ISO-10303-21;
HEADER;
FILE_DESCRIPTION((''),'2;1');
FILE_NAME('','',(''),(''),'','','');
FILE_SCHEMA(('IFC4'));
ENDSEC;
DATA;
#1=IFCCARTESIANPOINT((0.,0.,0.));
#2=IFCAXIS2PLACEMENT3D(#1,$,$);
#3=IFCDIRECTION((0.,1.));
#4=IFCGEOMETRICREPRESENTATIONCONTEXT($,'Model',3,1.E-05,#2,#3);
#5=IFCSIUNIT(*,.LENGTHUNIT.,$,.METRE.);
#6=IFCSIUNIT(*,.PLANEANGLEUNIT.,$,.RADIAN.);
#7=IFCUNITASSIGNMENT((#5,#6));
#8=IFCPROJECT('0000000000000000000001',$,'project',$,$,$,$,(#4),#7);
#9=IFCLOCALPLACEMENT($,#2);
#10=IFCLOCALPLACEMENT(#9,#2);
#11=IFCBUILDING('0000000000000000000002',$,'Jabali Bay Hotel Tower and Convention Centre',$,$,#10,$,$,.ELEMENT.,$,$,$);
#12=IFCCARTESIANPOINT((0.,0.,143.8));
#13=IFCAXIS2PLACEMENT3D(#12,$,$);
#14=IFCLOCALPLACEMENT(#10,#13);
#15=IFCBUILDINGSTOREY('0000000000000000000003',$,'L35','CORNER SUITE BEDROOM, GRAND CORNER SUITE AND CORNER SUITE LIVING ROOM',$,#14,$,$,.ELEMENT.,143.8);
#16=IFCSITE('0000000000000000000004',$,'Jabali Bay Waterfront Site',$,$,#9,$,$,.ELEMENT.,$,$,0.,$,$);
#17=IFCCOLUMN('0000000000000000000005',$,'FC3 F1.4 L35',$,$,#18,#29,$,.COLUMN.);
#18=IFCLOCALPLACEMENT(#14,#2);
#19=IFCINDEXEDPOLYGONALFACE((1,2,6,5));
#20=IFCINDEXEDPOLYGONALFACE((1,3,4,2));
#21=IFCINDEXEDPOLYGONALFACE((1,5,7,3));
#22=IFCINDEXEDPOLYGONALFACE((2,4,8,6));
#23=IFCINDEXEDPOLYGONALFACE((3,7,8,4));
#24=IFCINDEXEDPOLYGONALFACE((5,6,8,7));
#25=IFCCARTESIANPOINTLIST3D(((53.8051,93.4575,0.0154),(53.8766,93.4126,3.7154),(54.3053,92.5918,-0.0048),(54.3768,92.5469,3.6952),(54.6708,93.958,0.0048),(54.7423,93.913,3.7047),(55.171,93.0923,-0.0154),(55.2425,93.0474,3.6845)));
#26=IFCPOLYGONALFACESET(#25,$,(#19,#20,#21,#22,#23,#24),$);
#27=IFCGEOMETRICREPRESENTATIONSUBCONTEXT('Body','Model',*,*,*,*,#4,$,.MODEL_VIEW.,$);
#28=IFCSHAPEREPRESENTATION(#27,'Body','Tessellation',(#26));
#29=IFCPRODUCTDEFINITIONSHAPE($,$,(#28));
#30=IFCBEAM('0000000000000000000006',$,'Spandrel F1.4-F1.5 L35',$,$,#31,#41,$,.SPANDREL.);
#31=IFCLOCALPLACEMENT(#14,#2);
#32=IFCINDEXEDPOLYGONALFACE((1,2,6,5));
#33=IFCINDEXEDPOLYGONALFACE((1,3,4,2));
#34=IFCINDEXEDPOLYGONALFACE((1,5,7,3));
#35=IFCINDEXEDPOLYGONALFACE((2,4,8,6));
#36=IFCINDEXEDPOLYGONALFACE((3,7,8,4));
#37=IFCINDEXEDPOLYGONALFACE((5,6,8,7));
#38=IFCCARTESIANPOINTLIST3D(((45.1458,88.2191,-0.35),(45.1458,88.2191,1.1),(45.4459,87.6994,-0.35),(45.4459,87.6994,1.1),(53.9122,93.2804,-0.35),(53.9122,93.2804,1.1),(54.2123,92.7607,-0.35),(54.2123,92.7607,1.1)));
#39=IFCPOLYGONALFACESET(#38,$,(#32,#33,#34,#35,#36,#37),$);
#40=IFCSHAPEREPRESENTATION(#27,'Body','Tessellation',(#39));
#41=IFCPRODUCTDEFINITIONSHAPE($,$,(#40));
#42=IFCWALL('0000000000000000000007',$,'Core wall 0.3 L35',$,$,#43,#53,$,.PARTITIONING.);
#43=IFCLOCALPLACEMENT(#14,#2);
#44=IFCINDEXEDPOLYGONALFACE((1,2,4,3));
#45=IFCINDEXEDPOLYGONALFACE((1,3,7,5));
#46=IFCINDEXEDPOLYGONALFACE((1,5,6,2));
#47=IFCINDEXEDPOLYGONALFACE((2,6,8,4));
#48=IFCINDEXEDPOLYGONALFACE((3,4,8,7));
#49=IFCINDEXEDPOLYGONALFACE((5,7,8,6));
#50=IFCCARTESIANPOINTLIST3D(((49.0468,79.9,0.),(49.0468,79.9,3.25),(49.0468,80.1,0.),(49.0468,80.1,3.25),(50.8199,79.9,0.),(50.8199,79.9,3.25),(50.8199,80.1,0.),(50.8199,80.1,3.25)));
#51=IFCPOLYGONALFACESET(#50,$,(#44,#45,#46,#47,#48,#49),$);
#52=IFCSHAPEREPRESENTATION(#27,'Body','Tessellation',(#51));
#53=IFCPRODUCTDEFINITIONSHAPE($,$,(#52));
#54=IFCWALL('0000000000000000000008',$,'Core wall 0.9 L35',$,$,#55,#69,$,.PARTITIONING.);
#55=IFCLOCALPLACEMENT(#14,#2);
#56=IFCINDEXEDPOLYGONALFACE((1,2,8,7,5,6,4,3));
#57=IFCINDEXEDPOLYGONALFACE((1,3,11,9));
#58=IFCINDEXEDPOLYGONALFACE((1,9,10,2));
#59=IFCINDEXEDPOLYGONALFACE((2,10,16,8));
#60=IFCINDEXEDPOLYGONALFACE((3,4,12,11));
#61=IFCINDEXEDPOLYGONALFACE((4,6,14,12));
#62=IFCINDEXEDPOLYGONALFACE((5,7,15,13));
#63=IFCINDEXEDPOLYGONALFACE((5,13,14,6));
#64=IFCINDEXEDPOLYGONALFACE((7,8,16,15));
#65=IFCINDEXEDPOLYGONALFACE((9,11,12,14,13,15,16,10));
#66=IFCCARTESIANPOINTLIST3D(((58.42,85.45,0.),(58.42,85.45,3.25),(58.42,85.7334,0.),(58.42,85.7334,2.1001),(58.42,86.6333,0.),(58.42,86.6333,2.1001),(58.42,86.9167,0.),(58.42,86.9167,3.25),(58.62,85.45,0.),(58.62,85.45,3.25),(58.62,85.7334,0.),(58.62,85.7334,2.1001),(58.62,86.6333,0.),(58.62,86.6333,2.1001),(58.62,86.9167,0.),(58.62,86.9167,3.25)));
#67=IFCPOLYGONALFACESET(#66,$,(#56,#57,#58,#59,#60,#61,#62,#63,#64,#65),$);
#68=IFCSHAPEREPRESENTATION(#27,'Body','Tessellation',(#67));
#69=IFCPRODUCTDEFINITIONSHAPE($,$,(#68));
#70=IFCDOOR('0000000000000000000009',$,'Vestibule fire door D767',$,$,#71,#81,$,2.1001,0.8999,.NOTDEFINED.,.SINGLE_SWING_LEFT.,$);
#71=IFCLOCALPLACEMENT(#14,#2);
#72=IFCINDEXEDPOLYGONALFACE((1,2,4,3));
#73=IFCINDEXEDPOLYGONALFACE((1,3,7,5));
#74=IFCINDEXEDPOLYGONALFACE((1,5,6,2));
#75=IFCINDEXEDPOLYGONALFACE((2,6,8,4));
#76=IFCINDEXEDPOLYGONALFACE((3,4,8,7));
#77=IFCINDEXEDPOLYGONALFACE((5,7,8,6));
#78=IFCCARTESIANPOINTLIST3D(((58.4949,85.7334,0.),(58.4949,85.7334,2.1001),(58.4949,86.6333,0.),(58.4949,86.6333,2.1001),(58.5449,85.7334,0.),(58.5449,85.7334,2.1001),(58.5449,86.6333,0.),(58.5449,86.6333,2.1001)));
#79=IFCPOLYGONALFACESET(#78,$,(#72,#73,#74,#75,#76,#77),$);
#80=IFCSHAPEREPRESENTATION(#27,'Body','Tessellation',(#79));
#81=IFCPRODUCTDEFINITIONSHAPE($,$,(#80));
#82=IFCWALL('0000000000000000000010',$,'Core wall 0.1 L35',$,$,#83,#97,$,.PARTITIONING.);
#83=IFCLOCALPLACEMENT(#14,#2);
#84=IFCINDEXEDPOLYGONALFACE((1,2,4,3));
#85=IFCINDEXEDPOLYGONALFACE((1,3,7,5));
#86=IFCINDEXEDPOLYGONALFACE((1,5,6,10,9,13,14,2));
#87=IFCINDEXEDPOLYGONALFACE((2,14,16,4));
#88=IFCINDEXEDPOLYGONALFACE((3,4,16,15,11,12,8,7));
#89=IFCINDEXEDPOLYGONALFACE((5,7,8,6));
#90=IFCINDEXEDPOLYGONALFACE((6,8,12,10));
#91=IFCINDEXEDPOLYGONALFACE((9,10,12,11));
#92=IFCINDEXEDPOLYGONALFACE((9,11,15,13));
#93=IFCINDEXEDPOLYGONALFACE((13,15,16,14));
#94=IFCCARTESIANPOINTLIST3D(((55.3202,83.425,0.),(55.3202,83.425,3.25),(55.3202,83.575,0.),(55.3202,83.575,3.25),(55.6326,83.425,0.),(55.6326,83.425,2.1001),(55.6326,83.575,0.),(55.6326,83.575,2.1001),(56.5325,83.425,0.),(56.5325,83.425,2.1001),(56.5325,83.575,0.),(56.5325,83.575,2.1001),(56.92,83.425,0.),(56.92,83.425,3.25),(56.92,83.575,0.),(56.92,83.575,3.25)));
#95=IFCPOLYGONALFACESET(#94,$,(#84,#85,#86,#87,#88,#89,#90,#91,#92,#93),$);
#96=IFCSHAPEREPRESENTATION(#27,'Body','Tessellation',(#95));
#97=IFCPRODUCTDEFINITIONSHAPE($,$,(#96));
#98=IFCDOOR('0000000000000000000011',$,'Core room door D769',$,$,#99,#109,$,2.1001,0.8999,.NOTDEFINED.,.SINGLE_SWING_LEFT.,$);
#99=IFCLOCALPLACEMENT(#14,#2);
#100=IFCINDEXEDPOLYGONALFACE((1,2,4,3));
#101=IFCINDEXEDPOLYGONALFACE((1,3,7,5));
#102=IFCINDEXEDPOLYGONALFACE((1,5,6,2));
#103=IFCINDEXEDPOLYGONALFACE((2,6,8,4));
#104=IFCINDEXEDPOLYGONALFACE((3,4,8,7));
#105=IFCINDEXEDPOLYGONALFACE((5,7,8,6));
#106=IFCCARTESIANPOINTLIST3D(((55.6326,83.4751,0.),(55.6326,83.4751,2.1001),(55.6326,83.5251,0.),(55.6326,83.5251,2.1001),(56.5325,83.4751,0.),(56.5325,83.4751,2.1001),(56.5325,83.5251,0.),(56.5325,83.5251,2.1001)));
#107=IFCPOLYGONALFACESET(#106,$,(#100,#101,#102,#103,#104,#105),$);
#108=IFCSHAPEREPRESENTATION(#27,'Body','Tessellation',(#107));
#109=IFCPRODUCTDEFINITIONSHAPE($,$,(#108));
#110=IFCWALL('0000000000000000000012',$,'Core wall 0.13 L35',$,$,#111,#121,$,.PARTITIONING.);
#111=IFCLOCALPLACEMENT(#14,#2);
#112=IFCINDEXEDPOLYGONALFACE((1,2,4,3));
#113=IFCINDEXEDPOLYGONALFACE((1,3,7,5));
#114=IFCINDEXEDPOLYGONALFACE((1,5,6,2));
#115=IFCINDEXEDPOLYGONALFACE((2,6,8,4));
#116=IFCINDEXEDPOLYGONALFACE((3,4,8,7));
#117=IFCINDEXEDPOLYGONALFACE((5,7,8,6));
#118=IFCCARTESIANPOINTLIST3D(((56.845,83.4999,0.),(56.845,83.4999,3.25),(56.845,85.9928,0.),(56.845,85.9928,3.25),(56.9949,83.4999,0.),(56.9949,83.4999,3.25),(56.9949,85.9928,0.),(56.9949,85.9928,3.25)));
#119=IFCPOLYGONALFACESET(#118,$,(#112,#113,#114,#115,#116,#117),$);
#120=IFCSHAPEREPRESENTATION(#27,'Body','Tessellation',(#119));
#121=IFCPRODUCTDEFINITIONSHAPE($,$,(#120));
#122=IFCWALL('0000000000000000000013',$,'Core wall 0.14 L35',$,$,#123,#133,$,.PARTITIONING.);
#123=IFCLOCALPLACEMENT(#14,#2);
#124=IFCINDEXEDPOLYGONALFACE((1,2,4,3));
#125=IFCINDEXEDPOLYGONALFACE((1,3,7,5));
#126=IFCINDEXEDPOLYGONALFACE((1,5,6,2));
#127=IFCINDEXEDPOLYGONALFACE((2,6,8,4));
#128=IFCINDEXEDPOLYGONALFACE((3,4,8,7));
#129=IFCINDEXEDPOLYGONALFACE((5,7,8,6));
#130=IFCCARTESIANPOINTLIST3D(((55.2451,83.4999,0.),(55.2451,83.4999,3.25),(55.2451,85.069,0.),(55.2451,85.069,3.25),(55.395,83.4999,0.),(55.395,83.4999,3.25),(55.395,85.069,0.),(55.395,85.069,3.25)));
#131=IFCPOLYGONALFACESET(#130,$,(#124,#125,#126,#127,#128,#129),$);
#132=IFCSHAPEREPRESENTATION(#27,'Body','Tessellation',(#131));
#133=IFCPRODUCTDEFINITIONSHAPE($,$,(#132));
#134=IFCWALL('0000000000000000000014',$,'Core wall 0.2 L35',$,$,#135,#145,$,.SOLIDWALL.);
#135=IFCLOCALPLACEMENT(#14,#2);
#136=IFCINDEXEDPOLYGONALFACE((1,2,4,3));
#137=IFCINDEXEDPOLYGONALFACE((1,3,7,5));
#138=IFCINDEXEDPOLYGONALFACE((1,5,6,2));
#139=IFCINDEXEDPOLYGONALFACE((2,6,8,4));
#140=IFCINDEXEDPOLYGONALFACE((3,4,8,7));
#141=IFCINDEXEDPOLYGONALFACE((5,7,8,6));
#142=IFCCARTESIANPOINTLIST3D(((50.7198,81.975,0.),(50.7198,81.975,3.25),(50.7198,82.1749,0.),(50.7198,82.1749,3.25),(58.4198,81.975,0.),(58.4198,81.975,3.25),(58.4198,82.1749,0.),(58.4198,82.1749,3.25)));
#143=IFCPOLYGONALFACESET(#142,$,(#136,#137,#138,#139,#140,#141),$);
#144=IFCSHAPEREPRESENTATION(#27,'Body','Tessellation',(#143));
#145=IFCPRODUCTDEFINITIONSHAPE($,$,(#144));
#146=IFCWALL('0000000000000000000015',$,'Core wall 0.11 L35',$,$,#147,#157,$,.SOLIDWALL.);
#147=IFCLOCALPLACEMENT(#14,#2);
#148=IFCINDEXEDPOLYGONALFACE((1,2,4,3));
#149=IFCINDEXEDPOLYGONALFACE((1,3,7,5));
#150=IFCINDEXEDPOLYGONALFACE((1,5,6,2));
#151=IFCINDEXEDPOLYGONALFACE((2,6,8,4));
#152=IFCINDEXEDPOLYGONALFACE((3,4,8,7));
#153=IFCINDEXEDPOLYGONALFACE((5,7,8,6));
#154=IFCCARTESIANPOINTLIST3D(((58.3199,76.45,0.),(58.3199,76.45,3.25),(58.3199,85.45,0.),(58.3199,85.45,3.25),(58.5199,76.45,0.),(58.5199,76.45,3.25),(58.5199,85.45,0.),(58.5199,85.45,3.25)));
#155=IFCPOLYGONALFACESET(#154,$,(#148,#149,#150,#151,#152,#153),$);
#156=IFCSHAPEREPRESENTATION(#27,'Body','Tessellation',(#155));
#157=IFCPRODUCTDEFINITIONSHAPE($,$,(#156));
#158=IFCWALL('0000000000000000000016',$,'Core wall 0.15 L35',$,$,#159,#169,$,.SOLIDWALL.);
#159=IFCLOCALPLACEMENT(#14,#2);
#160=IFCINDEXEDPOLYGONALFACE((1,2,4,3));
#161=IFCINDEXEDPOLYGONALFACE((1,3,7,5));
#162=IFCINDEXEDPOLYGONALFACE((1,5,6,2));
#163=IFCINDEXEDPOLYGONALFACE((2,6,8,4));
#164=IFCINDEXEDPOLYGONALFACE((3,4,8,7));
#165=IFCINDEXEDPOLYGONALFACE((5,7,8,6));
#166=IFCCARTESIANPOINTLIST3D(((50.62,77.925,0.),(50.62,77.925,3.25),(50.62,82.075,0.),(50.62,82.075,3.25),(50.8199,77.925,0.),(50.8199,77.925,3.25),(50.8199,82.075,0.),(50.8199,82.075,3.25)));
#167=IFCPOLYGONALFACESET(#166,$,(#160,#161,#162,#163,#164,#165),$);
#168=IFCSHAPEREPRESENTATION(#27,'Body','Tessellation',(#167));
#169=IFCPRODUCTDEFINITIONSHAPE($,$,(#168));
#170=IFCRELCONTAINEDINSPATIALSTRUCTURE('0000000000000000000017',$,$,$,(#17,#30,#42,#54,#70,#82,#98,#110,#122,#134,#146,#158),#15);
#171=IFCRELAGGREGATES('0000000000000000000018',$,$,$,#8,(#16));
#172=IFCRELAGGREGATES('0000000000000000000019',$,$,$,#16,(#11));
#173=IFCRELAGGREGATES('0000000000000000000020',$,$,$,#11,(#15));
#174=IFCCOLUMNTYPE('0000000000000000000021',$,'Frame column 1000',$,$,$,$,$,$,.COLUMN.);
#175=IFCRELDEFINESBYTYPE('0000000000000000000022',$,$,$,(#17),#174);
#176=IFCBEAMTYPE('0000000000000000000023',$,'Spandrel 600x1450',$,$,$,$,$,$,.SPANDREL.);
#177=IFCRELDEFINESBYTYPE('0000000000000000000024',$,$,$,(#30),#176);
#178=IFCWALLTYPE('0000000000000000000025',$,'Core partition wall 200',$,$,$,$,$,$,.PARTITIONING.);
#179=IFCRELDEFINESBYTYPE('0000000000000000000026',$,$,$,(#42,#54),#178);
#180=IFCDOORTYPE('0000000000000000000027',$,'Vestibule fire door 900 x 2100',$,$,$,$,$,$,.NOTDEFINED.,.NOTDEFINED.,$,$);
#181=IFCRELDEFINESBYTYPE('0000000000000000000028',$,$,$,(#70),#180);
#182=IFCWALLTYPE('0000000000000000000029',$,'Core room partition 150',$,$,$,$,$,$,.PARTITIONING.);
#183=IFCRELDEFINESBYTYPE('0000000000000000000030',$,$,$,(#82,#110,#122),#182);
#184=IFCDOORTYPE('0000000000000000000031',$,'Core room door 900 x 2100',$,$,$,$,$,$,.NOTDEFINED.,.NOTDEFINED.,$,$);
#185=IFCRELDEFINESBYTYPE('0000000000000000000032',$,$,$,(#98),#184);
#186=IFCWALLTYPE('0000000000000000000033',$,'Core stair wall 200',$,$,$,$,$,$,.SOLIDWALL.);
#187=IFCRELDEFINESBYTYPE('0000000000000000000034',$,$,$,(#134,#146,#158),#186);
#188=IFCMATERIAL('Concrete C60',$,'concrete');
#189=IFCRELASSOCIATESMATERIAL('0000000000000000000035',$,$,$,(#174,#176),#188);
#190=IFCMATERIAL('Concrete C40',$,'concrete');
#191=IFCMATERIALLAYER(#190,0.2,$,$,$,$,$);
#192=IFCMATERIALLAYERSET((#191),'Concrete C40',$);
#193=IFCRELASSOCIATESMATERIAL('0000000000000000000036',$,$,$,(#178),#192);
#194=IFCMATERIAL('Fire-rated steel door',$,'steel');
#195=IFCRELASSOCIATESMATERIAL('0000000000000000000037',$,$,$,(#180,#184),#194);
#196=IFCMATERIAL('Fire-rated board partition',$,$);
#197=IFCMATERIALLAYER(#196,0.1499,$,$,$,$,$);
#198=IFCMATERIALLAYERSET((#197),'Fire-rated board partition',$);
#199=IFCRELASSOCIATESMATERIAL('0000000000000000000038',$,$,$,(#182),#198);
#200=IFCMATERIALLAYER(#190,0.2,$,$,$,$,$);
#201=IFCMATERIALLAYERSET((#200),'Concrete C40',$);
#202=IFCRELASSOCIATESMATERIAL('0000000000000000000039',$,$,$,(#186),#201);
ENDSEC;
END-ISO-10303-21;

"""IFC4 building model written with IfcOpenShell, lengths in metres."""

from ifc_helpers import new_model, si_unit, direction, frame, frame_2d, origin, origin_2d, place, context, subcontext, project, spatial, rectangle, extrude, material, layer, layer_set, material_profile, profile_set, type_object, element, fill, save


model = new_model("IFC4")

# Units and contexts
model_context = context("Model", 3, precision=1e-05, world=origin(), true_north=direction((0.0, 1.0)))
body_context = subcontext(model_context, "Body", "Model", "MODEL_VIEW")
ifc_project = project(units=[si_unit("LENGTHUNIT", "METRE"), si_unit("PLANEANGLEUNIT", "RADIAN")], contexts=[model_context])

# Site, building, storey
site_placement = place(None, origin())
site = spatial("IfcSite", under=ifc_project, at=site_placement, Name="Jabali Bay Waterfront Site", CompositionType="ELEMENT", RefElevation=0.0)
building_placement = place(site_placement, origin())
building = spatial("IfcBuilding", under=site, at=building_placement, Name="Jabali Bay Hotel Tower and Convention Centre", CompositionType="ELEMENT")
storey_placement = place(building_placement, frame((0.0, 0.0, 143.8)))
storey = spatial("IfcBuildingStorey", under=building, at=storey_placement, Name="L35", Description="CORNER SUITE BEDROOM, GRAND CORNER SUITE AND CORNER SUITE LIVING ROOM", CompositionType="ELEMENT", Elevation=143.8)

# Column
ifc_material_1 = material(Name="Concrete C60", Category="concrete")
ifc_material_profile_1 = material_profile(ifc_material_1, rectangle(XDim=1.0, YDim=1.0, at=origin_2d()), Name="Frame column 1000")
ifc_profile_set_1 = profile_set([ifc_material_profile_1], Name="Concrete C60")
column_type = type_object("IfcColumnType", Name="Frame column 1000", PredefinedType="COLUMN", material=ifc_profile_set_1)
column_placement = place(storey_placement, frame((54.488, 93.2749, 0.0), z_axis=(0.019329, -0.012138, 0.99974), x_axis=(-0.500206, 0.865671, 0.020181)))
element("IfcColumn", 1, at=column_placement, inside=storey, type_object=column_type, Name="FC3 F1.4 L35", PredefinedType="COLUMN", context=body_context, shape_type="SweptSolid", body=[
    extrude(rectangle(XDim=1.0, YDim=1.0, at=origin_2d()), origin(), (0.0, 0.0, 1.0), 3.7009),
])

# Beam
ifc_material_profile_2 = material_profile(ifc_material_1, rectangle(XDim=0.6001, YDim=1.45, at=origin_2d()), Name="Spandrel 600x1450")
ifc_profile_set_2 = profile_set([ifc_material_profile_2], Name="Concrete C60")
beam_type = type_object("IfcBeamType", Name="Spandrel 600x1450", PredefinedType="SPANDREL", material=ifc_profile_set_2)
beam_placement = place(storey_placement, frame((54.0623, 93.0205, 0.375), z_axis=(-0.866025, -0.500002, 0.0), x_axis=(0.500002, -0.866025, 0.0)))
element("IfcBeam", 2, at=beam_placement, inside=storey, type_object=beam_type, Name="Spandrel F1.4-F1.5 L35", PredefinedType="SPANDREL", context=body_context, shape_type="SweptSolid", body=[
    extrude(rectangle(XDim=0.6001, YDim=1.45, at=origin_2d()), origin(), (0.0, 0.0, 1.0), 10.1226),
])

# Wall
ifc_material_2 = material(Name="Concrete C40", Category="concrete")
ifc_layer_1 = layer(ifc_material_2, 0.2)
ifc_layer_set_1 = layer_set([ifc_layer_1], Name="Concrete C40")
wall_type_1 = type_object("IfcWallType", Name="Core partition wall 200", PredefinedType="PARTITIONING", material=ifc_layer_set_1)
wall_1_placement = place(storey_placement, frame((50.8201, 80.0, 0.0), z_axis=(0.0, 0.0, 1.0), x_axis=(-1.0, 0.0, 0.0)))
element("IfcWall", 3, at=wall_1_placement, inside=storey, type_object=wall_type_1, Name="Core wall 0.3 L35", PredefinedType="PARTITIONING", context=body_context, shape_type="SweptSolid", body=[
    extrude(rectangle(XDim=1.7732, YDim=0.2, at=frame_2d((0.8867, 0.0))), origin(), (0.0, 0.0, 1.0), 3.25),
])

# Walls, openings, doors
wall_2_placement = place(storey_placement, frame((58.52, 86.9167, 0.0), z_axis=(0.0, 0.0, 1.0), x_axis=(0.0, -1.0, 0.0)))
wall_2 = element("IfcWall", 4, at=wall_2_placement, inside=storey, type_object=wall_type_1, Name="Core wall 0.9 L35", PredefinedType="PARTITIONING", context=body_context, shape_type="SweptSolid", body=[
    extrude(rectangle(XDim=1.4668, YDim=0.2, at=frame_2d((0.7334, 0.0))), origin(), (0.0, 0.0, 1.0), 3.25),
])
opening_1_placement = place(wall_2_placement, frame((0.2834, 0.0, 0.0)))
opening_1 = element("IfcOpeningElement", 5, at=opening_1_placement, cuts=wall_2, PredefinedType="OPENING", context=body_context, shape_type="SweptSolid", body=[
    extrude(rectangle(XDim=0.8999, YDim=2.1001, at=frame_2d((0.45, 1.05))), frame((0.0, 0.1104, 0.0), z_axis=(0.0, -1.0, 0.0), x_axis=(1.0, 0.0, 0.0)), (0.0, 0.0, 1.0), 0.2209),
])
ifc_material_3 = material(Name="Fire-rated steel door", Category="steel")
door_type_1 = type_object("IfcDoorType", Name="Vestibule fire door 900 x 2100", OperationType="NOTDEFINED", PredefinedType="NOTDEFINED", material=ifc_material_3)
door_1_placement = place(opening_1_placement, origin())
door_1 = element("IfcDoor", 6, at=door_1_placement, inside=storey, type_object=door_type_1, Name="Vestibule fire door D767", OperationType="SINGLE_SWING_LEFT", OverallHeight=2.1001, OverallWidth=0.8999, PredefinedType="NOTDEFINED", context=body_context, shape_type="SweptSolid", body=[
    extrude(rectangle(XDim=0.8999, YDim=2.1001, at=frame_2d((0.45, 1.05))), frame((0.0, 0.0249, 0.0), z_axis=(0.0, -1.0, 0.0), x_axis=(1.0, 0.0, 0.0)), (0.0, 0.0, 1.0), 0.05),
])
fill(opening_1, door_1)
ifc_material_4 = material(Name="Fire-rated board partition")
ifc_layer_2 = layer(ifc_material_4, 0.1499)
ifc_layer_set_2 = layer_set([ifc_layer_2], Name="Fire-rated board partition")
wall_type_2 = type_object("IfcWallType", Name="Core room partition 150", PredefinedType="PARTITIONING", material=ifc_layer_set_2)
wall_3_placement = place(storey_placement, frame((56.9199, 83.5, 0.0), z_axis=(0.0, 0.0, 1.0), x_axis=(-1.0, 0.0, 0.0)))
wall_3 = element("IfcWall", 7, at=wall_3_placement, inside=storey, type_object=wall_type_2, Name="Core wall 0.1 L35", PredefinedType="PARTITIONING", context=body_context, shape_type="SweptSolid", body=[
    extrude(rectangle(XDim=1.5999, YDim=0.1499, at=frame_2d((0.7998, 0.0))), origin(), (0.0, 0.0, 1.0), 3.25),
])
opening_2_placement = place(wall_3_placement, frame((0.3875, 0.0, 0.0)))
opening_2 = element("IfcOpeningElement", 8, at=opening_2_placement, cuts=wall_3, PredefinedType="OPENING", context=body_context, shape_type="SweptSolid", body=[
    extrude(rectangle(XDim=0.8999, YDim=2.1001, at=frame_2d((0.45, 1.05))), frame((0.0, 0.0854, 0.0), z_axis=(0.0, -1.0, 0.0), x_axis=(1.0, 0.0, 0.0)), (0.0, 0.0, 1.0), 0.1709),
])
door_type_2 = type_object("IfcDoorType", Name="Core room door 900 x 2100", OperationType="NOTDEFINED", PredefinedType="NOTDEFINED", material=ifc_material_3)
door_2_placement = place(opening_2_placement, origin())
door_2 = element("IfcDoor", 9, at=door_2_placement, inside=storey, type_object=door_type_2, Name="Core room door D769", OperationType="SINGLE_SWING_LEFT", OverallHeight=2.1001, OverallWidth=0.8999, PredefinedType="NOTDEFINED", context=body_context, shape_type="SweptSolid", body=[
    extrude(rectangle(XDim=0.8999, YDim=2.1001, at=frame_2d((0.45, 1.05))), frame((0.0, 0.0249, 0.0), z_axis=(0.0, -1.0, 0.0), x_axis=(1.0, 0.0, 0.0)), (0.0, 0.0, 1.0), 0.05),
])
fill(opening_2, door_2)

# Walls
wall_4_placement = place(storey_placement, frame((56.9199, 85.9929, 0.0), z_axis=(0.0, 0.0, 1.0), x_axis=(0.0, -1.0, 0.0)))
element("IfcWall", 10, at=wall_4_placement, inside=storey, type_object=wall_type_2, Name="Core wall 0.13 L35", PredefinedType="PARTITIONING", context=body_context, shape_type="SweptSolid", body=[
    extrude(rectangle(XDim=2.4929, YDim=0.1499, at=frame_2d((1.2466, 0.0))), origin(), (0.0, 0.0, 1.0), 3.25),
])
wall_5_placement = place(storey_placement, frame((55.3201, 85.0691, 0.0), z_axis=(0.0, 0.0, 1.0), x_axis=(0.0, -1.0, 0.0)))
element("IfcWall", 11, at=wall_5_placement, inside=storey, type_object=wall_type_2, Name="Core wall 0.14 L35", PredefinedType="PARTITIONING", context=body_context, shape_type="SweptSolid", body=[
    extrude(rectangle(XDim=1.5691, YDim=0.1499, at=frame_2d((0.7847, 0.0))), origin(), (0.0, 0.0, 1.0), 3.25),
])
ifc_layer_3 = layer(ifc_material_2, 0.2)
ifc_layer_set_3 = layer_set([ifc_layer_3], Name="Concrete C40")
wall_type_3 = type_object("IfcWallType", Name="Core stair wall 200", PredefinedType="SOLIDWALL", material=ifc_layer_set_3)
wall_6_placement = place(storey_placement, frame((58.4199, 82.075, 0.0), z_axis=(0.0, 0.0, 1.0), x_axis=(-1.0, 0.0, 0.0)))
element("IfcWall", 12, at=wall_6_placement, inside=storey, type_object=wall_type_3, Name="Core wall 0.2 L35", PredefinedType="SOLIDWALL", context=body_context, shape_type="SweptSolid", body=[
    extrude(rectangle(XDim=7.7, YDim=0.2, at=frame_2d((3.8501, 0.0))), origin(), (0.0, 0.0, 1.0), 3.25),
])
wall_7_placement = place(storey_placement, frame((58.4199, 85.45, 0.0), z_axis=(0.0, 0.0, 1.0), x_axis=(0.0, -1.0, 0.0)))
element("IfcWall", 13, at=wall_7_placement, inside=storey, type_object=wall_type_3, Name="Core wall 0.11 L35", PredefinedType="SOLIDWALL", context=body_context, shape_type="SweptSolid", body=[
    extrude(rectangle(XDim=9.0, YDim=0.2, at=frame_2d((4.5, 0.0))), origin(), (0.0, 0.0, 1.0), 3.25),
])
wall_8_placement = place(storey_placement, frame((50.72, 82.075, 0.0), z_axis=(0.0, 0.0, 1.0), x_axis=(0.0, -1.0, 0.0)))
element("IfcWall", 14, at=wall_8_placement, inside=storey, type_object=wall_type_3, Name="Core wall 0.15 L35", PredefinedType="SOLIDWALL", context=body_context, shape_type="SweptSolid", body=[
    extrude(rectangle(XDim=4.1499, YDim=0.2, at=frame_2d((2.075, 0.0))), origin(), (0.0, 0.0, 1.0), 3.25),
])

save(model, "model.ifc")
